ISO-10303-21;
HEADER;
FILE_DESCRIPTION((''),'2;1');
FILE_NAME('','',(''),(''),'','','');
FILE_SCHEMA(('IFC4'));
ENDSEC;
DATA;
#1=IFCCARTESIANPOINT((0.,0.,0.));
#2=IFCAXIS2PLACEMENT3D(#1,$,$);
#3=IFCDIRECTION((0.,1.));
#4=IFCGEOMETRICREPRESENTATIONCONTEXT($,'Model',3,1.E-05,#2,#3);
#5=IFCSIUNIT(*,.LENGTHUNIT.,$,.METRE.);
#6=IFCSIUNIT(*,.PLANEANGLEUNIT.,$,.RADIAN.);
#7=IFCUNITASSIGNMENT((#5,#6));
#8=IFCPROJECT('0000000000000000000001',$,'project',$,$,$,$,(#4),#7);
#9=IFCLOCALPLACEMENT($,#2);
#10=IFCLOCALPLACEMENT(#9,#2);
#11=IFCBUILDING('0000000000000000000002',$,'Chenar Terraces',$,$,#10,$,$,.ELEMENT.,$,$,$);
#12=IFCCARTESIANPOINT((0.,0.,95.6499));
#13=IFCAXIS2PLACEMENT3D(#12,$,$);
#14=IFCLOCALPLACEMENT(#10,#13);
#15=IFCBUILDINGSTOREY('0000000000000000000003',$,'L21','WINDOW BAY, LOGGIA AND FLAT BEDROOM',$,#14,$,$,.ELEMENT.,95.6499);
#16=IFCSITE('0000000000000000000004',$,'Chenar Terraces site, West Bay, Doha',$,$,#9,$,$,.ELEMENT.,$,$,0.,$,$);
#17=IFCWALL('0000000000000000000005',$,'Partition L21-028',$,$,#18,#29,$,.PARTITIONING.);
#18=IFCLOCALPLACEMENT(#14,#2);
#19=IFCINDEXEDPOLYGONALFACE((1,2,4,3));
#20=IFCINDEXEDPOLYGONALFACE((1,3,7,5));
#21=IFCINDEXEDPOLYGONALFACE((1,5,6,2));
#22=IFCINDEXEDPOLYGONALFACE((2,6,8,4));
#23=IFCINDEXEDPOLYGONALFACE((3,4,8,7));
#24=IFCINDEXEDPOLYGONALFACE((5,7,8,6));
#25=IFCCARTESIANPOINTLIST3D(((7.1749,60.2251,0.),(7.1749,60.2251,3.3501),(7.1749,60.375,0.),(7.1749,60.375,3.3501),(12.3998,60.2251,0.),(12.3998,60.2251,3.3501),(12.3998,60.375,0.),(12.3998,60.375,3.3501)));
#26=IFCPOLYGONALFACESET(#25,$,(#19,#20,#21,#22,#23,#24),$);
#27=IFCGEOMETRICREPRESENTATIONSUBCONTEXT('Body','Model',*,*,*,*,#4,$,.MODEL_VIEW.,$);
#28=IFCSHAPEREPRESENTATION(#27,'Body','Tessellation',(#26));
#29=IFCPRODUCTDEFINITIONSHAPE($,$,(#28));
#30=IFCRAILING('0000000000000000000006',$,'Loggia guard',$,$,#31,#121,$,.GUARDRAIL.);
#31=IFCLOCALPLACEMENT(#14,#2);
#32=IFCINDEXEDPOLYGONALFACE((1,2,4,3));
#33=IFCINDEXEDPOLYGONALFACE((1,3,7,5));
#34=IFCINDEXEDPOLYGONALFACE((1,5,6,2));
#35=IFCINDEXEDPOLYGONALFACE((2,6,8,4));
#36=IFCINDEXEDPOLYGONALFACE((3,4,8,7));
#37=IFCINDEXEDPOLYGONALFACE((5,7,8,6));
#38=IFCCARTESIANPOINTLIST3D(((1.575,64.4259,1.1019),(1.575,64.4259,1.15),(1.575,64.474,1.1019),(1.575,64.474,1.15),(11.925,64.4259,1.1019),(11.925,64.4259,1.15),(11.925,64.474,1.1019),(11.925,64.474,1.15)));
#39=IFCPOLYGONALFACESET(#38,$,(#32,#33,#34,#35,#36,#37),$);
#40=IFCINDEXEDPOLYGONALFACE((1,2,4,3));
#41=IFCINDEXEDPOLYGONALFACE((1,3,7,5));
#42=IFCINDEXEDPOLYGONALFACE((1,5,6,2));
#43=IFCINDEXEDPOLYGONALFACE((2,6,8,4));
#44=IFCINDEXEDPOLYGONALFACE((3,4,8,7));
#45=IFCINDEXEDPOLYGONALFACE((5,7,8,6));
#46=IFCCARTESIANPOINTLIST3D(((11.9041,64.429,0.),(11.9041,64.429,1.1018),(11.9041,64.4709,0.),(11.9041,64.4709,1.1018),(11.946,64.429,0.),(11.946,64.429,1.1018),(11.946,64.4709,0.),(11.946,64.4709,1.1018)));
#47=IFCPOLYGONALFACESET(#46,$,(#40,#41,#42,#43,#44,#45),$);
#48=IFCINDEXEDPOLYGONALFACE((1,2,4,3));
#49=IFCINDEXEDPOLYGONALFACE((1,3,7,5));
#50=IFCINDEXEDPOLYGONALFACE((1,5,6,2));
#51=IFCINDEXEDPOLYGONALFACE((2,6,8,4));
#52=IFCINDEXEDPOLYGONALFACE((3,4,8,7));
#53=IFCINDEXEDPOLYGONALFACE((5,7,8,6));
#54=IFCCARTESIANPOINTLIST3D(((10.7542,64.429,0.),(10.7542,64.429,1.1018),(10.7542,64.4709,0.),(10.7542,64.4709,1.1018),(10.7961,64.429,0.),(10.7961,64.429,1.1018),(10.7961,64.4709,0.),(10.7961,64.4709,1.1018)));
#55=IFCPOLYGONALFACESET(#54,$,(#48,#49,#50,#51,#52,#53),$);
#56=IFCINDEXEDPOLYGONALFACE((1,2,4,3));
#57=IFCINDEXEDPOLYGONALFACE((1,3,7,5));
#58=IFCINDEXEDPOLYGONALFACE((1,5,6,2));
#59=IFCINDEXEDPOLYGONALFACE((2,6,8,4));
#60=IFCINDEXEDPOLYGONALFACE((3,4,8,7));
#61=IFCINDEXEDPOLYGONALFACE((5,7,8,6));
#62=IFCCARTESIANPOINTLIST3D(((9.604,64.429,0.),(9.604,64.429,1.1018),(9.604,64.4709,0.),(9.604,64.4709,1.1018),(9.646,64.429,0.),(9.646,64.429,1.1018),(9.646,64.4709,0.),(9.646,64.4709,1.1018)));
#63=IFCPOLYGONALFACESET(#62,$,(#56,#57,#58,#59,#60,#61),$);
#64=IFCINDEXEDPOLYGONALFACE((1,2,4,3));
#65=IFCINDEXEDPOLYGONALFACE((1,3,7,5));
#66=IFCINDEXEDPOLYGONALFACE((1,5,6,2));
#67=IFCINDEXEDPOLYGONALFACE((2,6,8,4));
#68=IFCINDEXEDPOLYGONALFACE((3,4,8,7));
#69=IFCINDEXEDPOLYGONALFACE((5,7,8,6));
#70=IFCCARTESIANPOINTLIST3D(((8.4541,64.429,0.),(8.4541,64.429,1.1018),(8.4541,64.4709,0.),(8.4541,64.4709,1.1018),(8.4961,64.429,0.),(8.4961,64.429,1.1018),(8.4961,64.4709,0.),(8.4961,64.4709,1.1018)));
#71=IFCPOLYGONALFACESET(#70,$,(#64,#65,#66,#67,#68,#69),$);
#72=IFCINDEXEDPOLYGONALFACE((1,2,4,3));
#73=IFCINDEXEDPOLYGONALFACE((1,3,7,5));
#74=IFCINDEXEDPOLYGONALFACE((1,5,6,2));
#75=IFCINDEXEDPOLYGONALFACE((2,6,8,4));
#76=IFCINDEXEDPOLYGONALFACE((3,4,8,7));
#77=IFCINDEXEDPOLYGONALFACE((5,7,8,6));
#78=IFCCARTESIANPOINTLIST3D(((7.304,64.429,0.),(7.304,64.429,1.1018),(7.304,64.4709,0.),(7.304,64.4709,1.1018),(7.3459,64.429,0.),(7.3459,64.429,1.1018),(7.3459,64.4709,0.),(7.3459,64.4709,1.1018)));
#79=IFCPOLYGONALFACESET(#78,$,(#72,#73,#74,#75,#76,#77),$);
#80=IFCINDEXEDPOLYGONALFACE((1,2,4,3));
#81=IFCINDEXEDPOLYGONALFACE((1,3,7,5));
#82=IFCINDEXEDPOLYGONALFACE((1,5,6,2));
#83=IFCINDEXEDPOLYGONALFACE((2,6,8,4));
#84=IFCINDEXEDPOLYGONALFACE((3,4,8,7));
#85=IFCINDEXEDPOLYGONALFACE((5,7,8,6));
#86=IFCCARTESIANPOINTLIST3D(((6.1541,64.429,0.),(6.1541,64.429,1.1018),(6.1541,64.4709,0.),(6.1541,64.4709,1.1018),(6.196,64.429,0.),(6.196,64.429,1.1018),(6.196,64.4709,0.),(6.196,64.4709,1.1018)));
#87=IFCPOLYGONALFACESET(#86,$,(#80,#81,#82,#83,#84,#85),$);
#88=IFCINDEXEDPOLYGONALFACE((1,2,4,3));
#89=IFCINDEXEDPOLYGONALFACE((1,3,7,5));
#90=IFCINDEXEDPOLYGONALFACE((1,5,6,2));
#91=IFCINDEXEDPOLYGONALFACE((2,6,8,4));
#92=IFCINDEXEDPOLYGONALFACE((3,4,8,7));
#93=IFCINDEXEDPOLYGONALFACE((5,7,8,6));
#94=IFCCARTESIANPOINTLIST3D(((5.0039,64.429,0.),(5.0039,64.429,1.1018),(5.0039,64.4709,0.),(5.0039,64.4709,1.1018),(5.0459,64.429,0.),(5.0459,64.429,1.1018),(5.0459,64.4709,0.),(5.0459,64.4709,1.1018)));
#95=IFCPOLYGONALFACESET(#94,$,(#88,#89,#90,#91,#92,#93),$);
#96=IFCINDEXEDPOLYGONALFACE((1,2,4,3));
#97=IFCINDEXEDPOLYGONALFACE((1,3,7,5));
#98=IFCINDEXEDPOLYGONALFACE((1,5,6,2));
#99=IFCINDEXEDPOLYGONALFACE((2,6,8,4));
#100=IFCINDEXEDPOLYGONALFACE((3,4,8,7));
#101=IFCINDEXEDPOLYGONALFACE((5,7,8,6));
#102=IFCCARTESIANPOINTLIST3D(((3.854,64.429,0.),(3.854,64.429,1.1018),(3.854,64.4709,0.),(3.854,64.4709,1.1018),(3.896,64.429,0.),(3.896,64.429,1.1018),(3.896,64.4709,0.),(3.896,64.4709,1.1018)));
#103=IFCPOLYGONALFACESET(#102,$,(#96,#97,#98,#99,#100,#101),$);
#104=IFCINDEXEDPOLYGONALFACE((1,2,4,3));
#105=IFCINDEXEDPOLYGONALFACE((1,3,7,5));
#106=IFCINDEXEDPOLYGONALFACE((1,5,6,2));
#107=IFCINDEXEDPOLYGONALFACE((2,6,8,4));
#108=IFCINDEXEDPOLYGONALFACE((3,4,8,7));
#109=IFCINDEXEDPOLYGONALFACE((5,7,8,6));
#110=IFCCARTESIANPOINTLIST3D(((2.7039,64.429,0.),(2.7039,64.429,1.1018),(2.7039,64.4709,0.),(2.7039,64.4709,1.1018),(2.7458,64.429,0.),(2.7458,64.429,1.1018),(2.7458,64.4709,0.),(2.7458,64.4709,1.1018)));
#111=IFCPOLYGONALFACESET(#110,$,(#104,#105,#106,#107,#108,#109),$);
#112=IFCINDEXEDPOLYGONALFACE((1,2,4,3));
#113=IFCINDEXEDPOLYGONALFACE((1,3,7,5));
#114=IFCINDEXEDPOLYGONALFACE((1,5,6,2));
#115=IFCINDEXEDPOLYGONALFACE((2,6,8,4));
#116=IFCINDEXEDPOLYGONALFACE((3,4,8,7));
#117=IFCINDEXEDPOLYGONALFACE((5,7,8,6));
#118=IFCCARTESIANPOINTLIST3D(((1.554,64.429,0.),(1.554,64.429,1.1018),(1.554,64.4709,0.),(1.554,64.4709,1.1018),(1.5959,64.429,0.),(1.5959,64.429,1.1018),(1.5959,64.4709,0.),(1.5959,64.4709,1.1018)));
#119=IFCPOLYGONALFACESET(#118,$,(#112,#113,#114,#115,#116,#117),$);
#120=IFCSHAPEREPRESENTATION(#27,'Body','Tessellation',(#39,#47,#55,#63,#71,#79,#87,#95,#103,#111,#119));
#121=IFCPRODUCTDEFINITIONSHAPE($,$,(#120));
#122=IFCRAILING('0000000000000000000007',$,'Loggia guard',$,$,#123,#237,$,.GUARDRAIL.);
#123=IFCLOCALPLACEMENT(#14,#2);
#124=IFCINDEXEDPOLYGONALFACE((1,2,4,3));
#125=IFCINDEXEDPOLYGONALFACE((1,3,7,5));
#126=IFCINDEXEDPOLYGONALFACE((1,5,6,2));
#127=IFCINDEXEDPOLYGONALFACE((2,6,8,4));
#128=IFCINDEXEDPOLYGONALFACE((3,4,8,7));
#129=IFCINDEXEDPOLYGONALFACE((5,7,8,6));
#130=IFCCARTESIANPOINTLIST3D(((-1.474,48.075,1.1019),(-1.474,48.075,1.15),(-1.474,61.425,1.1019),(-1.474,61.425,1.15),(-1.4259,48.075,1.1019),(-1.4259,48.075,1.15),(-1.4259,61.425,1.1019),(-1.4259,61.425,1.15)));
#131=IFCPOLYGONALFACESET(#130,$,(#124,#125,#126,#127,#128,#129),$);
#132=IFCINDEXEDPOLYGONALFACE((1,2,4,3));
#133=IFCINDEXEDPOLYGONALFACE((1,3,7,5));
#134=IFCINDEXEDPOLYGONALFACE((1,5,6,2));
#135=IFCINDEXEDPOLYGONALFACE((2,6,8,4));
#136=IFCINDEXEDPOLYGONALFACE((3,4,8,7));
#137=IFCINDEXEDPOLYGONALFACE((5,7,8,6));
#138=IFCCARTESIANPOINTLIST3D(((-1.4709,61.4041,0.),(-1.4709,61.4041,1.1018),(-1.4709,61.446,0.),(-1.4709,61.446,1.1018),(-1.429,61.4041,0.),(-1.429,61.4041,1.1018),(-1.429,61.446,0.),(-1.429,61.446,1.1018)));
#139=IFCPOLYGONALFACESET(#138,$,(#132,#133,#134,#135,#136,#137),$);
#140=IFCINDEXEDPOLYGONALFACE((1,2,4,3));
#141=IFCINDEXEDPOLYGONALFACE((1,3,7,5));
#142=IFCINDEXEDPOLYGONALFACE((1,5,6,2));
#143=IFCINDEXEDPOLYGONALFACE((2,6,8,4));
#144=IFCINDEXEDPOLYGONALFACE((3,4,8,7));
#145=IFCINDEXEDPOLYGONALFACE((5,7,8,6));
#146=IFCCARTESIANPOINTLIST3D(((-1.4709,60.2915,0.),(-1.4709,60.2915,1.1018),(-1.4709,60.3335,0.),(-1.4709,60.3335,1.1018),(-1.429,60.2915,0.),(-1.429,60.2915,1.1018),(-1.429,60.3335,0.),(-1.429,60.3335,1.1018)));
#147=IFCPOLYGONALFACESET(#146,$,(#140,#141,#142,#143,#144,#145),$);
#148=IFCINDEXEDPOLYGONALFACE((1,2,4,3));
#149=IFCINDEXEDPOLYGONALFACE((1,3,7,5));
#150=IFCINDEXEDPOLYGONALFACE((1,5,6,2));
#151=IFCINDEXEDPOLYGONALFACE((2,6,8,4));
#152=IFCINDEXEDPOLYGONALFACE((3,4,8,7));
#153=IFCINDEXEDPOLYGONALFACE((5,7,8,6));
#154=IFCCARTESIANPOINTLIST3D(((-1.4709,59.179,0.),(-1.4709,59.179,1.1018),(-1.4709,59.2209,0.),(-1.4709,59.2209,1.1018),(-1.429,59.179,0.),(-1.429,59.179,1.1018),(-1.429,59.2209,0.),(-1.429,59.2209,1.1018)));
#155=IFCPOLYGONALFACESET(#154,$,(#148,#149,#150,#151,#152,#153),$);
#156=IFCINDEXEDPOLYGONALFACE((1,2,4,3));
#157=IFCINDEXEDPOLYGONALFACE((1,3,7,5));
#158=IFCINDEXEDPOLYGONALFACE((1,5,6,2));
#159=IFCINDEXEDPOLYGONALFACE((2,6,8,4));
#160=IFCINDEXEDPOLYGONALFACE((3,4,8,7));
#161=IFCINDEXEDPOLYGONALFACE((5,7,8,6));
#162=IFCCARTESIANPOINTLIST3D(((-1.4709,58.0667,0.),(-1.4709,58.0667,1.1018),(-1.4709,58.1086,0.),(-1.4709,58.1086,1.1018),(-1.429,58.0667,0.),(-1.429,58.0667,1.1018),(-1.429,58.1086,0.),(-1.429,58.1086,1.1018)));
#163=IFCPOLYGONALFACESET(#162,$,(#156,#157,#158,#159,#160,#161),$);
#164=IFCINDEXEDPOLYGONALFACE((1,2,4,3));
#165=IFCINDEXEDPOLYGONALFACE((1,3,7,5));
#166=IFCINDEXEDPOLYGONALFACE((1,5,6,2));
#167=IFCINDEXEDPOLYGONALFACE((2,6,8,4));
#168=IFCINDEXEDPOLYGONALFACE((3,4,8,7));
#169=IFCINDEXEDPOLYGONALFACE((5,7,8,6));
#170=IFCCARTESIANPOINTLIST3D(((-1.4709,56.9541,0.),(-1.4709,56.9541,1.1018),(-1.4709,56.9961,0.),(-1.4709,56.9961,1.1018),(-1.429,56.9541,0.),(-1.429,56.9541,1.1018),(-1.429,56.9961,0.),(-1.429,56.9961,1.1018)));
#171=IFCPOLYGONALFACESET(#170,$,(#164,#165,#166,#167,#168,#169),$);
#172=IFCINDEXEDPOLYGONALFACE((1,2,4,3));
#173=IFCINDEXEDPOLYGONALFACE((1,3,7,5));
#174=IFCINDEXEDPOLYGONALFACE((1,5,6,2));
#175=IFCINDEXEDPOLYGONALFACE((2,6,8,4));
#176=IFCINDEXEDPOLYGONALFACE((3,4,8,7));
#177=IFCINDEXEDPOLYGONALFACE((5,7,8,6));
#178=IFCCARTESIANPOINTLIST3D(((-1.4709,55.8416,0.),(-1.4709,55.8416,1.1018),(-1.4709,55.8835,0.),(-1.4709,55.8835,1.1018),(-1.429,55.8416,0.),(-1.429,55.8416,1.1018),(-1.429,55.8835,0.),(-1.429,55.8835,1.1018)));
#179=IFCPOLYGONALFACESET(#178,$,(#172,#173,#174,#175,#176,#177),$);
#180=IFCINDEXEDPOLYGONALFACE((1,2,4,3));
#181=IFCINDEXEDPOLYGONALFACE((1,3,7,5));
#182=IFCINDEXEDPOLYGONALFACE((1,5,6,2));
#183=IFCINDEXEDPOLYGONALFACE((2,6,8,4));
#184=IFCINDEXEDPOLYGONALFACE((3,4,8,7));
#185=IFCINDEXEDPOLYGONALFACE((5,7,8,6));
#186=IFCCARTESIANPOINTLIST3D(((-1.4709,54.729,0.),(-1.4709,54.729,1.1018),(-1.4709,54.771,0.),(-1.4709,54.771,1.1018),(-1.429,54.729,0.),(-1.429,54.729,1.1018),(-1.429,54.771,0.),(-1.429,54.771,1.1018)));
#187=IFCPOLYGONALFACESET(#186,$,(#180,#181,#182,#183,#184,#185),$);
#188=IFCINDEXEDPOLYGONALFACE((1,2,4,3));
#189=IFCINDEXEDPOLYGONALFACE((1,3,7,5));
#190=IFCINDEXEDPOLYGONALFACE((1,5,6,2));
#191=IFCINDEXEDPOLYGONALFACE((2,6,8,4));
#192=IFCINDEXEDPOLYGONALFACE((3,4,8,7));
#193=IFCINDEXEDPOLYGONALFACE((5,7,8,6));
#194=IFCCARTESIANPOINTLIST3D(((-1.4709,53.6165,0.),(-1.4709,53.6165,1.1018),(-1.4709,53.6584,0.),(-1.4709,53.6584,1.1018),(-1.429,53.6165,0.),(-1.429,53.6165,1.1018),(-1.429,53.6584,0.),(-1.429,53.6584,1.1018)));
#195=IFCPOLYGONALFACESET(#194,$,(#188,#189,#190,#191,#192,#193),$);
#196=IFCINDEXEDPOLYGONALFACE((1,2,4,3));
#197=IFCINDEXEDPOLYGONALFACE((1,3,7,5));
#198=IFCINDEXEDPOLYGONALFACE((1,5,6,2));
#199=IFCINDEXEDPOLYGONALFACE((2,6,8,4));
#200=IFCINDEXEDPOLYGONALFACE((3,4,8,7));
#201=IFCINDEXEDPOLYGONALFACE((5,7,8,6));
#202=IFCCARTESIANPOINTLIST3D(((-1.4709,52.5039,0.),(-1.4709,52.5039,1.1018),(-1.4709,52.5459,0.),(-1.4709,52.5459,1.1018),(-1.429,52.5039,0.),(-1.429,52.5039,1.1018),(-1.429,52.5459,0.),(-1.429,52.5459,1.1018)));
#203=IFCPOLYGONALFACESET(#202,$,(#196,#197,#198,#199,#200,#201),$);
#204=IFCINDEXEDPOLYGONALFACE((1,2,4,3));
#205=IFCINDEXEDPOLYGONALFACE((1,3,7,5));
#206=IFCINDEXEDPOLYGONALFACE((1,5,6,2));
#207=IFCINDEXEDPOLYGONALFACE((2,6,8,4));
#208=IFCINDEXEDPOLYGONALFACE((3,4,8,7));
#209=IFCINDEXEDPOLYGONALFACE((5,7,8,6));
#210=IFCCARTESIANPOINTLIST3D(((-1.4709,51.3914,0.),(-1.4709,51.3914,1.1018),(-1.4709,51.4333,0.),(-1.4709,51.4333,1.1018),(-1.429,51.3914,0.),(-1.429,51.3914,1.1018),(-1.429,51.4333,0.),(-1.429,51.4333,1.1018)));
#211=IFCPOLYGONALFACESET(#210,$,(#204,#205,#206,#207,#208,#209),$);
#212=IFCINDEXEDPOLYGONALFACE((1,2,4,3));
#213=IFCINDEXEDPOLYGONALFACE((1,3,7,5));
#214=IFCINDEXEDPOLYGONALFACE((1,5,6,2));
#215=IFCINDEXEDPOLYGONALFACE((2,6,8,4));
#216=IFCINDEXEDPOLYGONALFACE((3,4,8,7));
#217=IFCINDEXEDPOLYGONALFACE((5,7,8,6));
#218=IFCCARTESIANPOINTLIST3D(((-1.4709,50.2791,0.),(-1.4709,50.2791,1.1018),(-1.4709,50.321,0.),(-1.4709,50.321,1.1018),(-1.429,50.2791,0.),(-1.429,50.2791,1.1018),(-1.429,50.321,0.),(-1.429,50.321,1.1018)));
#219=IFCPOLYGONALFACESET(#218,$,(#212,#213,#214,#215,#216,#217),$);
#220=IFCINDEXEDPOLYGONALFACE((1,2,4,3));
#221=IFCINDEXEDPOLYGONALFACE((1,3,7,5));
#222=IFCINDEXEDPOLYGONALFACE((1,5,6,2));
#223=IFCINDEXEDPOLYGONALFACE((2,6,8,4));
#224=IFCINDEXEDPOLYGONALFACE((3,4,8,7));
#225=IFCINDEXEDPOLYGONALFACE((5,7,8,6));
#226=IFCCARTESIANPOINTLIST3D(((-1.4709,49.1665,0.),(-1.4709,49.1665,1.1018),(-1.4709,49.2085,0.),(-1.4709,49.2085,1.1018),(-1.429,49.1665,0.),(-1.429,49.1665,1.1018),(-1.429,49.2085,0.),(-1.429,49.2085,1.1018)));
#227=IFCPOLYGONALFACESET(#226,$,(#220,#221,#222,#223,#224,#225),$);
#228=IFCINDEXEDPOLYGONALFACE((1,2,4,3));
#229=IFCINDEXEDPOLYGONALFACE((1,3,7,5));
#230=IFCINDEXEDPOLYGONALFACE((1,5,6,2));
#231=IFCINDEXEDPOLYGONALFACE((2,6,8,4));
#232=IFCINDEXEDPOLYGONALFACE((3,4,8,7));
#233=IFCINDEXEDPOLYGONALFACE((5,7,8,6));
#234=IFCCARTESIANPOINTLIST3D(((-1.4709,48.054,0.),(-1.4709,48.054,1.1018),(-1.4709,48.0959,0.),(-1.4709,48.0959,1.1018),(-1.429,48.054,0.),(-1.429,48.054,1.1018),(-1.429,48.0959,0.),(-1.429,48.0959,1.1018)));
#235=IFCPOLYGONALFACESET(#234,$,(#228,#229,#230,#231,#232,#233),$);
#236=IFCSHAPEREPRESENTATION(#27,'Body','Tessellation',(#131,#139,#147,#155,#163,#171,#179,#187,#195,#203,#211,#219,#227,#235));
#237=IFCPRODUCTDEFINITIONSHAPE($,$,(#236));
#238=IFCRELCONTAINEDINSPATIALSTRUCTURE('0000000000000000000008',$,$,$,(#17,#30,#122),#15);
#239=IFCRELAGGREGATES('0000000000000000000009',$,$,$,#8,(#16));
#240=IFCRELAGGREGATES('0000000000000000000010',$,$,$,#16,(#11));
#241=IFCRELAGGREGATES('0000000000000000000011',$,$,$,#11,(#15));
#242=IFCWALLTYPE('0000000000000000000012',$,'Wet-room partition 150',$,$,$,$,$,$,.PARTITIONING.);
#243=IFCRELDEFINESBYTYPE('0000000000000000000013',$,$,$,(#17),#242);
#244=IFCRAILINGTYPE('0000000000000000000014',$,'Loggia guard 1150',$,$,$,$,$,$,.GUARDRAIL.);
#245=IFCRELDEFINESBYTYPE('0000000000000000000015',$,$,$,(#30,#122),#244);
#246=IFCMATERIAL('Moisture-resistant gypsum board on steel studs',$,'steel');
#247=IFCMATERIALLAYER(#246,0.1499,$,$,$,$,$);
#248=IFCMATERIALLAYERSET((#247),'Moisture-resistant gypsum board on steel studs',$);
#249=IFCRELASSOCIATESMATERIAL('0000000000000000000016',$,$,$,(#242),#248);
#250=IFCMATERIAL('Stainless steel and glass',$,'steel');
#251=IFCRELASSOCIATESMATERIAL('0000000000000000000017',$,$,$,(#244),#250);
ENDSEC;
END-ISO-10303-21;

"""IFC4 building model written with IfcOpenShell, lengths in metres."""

from ifc_helpers import new_model, si_unit, direction, frame, frame_2d, origin, origin_2d, place, context, subcontext, project, spatial, rectangle, extrude, material, layer, layer_set, type_object, element, save


model = new_model("IFC4")

# Units and contexts
model_context = context("Model", 3, precision=1e-05, world=origin(), true_north=direction((0.0, 1.0)))
body_context = subcontext(model_context, "Body", "Model", "MODEL_VIEW")
ifc_project = project(units=[si_unit("LENGTHUNIT", "METRE"), si_unit("PLANEANGLEUNIT", "RADIAN")], contexts=[model_context])

# Site, building, storey
site_placement = place(None, origin())
site = spatial("IfcSite", under=ifc_project, at=site_placement, Name="Chenar Terraces site, West Bay, Doha", CompositionType="ELEMENT", RefElevation=0.0)
building_placement = place(site_placement, origin())
building = spatial("IfcBuilding", under=site, at=building_placement, Name="Chenar Terraces", CompositionType="ELEMENT")
storey_placement = place(building_placement, frame((0.0, 0.0, 95.6499)))
storey = spatial("IfcBuildingStorey", under=building, at=storey_placement, Name="L21", Description="WINDOW BAY, LOGGIA AND FLAT BEDROOM", CompositionType="ELEMENT", Elevation=95.6499)

# Wall
ifc_material_1 = material(Name="Moisture-resistant gypsum board on steel studs", Category="steel")
ifc_layer_1 = layer(ifc_material_1, 0.1499)
ifc_layer_set_1 = layer_set([ifc_layer_1], Name="Moisture-resistant gypsum board on steel studs")
wall_type_1 = type_object("IfcWallType", Name="Wet-room partition 150", PredefinedType="PARTITIONING", material=ifc_layer_set_1)
wall_1_placement = place(storey_placement, frame((7.175, 60.3, 0.0), z_axis=(0.0, 0.0, 1.0), x_axis=(1.0, 0.0, 0.0)))
element("IfcWall", 1, at=wall_1_placement, inside=storey, type_object=wall_type_1, Name="Partition L21-028", PredefinedType="PARTITIONING", context=body_context, shape_type="SweptSolid", body=[
    extrude(rectangle(XDim=5.2249, YDim=0.1499, at=frame_2d((2.6123, 0.0))), origin(), (0.0, 0.0, 1.0), 3.3501),
])

# Railings
ifc_material_2 = material(Name="Stainless steel and glass", Category="steel")
railing_type = type_object("IfcRailingType", Name="Loggia guard 1150", PredefinedType="GUARDRAIL", material=ifc_material_2)
railing_1_placement = place(storey_placement, frame((11.925, 64.45, 0.0)))
element("IfcRailing", 2, at=railing_1_placement, inside=storey, type_object=railing_type, Name="Loggia guard", PredefinedType="GUARDRAIL", context=body_context, shape_type="SweptSolid", body=[
    extrude(rectangle(XDim=0.0481, YDim=0.0481, at=origin_2d()), frame((0.0, 0.0, 1.126), z_axis=(-1.0, 0.0, 0.0), x_axis=(0.0, -1.0, 0.0)), (0.0, 0.0, 1.0), 10.3501),
    extrude(rectangle(XDim=0.042, YDim=0.042, at=origin_2d()), origin(), (0.0, 0.0, 1.0), 1.1018),
    extrude(rectangle(XDim=0.042, YDim=0.042, at=origin_2d()), frame((-1.1499, 0.0, 0.0)), (0.0, 0.0, 1.0), 1.1018),
    extrude(rectangle(XDim=0.042, YDim=0.042, at=origin_2d()), frame((-2.3, 0.0, 0.0)), (0.0, 0.0, 1.0), 1.1018),
    extrude(rectangle(XDim=0.042, YDim=0.042, at=origin_2d()), frame((-3.45, 0.0, 0.0)), (0.0, 0.0, 1.0), 1.1018),
    extrude(rectangle(XDim=0.042, YDim=0.042, at=origin_2d()), frame((-4.6001, 0.0, 0.0)), (0.0, 0.0, 1.0), 1.1018),
    extrude(rectangle(XDim=0.042, YDim=0.042, at=origin_2d()), frame((-5.75, 0.0, 0.0)), (0.0, 0.0, 1.0), 1.1018),
    extrude(rectangle(XDim=0.042, YDim=0.042, at=origin_2d()), frame((-6.9001, 0.0, 0.0)), (0.0, 0.0, 1.0), 1.1018),
    extrude(rectangle(XDim=0.042, YDim=0.042, at=origin_2d()), frame((-8.05, 0.0, 0.0)), (0.0, 0.0, 1.0), 1.1018),
    extrude(rectangle(XDim=0.042, YDim=0.042, at=origin_2d()), frame((-9.2002, 0.0, 0.0)), (0.0, 0.0, 1.0), 1.1018),
    extrude(rectangle(XDim=0.042, YDim=0.042, at=origin_2d()), frame((-10.3501, 0.0, 0.0)), (0.0, 0.0, 1.0), 1.1018),
])
railing_2_placement = place(storey_placement, frame((-1.45, 61.425, 0.0)))
element("IfcRailing", 3, at=railing_2_placement, inside=storey, type_object=railing_type, Name="Loggia guard", PredefinedType="GUARDRAIL", context=body_context, shape_type="SweptSolid", body=[
    extrude(rectangle(XDim=0.0481, YDim=0.0481, at=origin_2d()), frame((0.0, 0.0, 1.126), z_axis=(0.0, -1.0, 0.0), x_axis=(1.0, 0.0, 0.0)), (0.0, 0.0, 1.0), 13.3501),
    extrude(rectangle(XDim=0.042, YDim=0.042, at=origin_2d()), origin(), (0.0, 0.0, 1.0), 1.1018),
    extrude(rectangle(XDim=0.042, YDim=0.042, at=origin_2d()), frame((0.0, -1.1125, 0.0)), (0.0, 0.0, 1.0), 1.1018),
    extrude(rectangle(XDim=0.042, YDim=0.042, at=origin_2d()), frame((0.0, -2.2251, 0.0)), (0.0, 0.0, 1.0), 1.1018),
    extrude(rectangle(XDim=0.042, YDim=0.042, at=origin_2d()), frame((0.0, -3.3374, 0.0)), (0.0, 0.0, 1.0), 1.1018),
    extrude(rectangle(XDim=0.042, YDim=0.042, at=origin_2d()), frame((0.0, -4.45, 0.0)), (0.0, 0.0, 1.0), 1.1018),
    extrude(rectangle(XDim=0.042, YDim=0.042, at=origin_2d()), frame((0.0, -5.5625, 0.0)), (0.0, 0.0, 1.0), 1.1018),
    extrude(rectangle(XDim=0.042, YDim=0.042, at=origin_2d()), frame((0.0, -6.675, 0.0)), (0.0, 0.0, 1.0), 1.1018),
    extrude(rectangle(XDim=0.042, YDim=0.042, at=origin_2d()), frame((0.0, -7.7876, 0.0)), (0.0, 0.0, 1.0), 1.1018),
    extrude(rectangle(XDim=0.042, YDim=0.042, at=origin_2d()), frame((0.0, -8.9001, 0.0)), (0.0, 0.0, 1.0), 1.1018),
    extrude(rectangle(XDim=0.042, YDim=0.042, at=origin_2d()), frame((0.0, -10.0127, 0.0)), (0.0, 0.0, 1.0), 1.1018),
    extrude(rectangle(XDim=0.042, YDim=0.042, at=origin_2d()), frame((0.0, -11.125, 0.0)), (0.0, 0.0, 1.0), 1.1018),
    extrude(rectangle(XDim=0.042, YDim=0.042, at=origin_2d()), frame((0.0, -12.2375, 0.0)), (0.0, 0.0, 1.0), 1.1018),
    extrude(rectangle(XDim=0.042, YDim=0.042, at=origin_2d()), frame((0.0, -13.3501, 0.0)), (0.0, 0.0, 1.0), 1.1018),
])

save(model, "model.ifc")
